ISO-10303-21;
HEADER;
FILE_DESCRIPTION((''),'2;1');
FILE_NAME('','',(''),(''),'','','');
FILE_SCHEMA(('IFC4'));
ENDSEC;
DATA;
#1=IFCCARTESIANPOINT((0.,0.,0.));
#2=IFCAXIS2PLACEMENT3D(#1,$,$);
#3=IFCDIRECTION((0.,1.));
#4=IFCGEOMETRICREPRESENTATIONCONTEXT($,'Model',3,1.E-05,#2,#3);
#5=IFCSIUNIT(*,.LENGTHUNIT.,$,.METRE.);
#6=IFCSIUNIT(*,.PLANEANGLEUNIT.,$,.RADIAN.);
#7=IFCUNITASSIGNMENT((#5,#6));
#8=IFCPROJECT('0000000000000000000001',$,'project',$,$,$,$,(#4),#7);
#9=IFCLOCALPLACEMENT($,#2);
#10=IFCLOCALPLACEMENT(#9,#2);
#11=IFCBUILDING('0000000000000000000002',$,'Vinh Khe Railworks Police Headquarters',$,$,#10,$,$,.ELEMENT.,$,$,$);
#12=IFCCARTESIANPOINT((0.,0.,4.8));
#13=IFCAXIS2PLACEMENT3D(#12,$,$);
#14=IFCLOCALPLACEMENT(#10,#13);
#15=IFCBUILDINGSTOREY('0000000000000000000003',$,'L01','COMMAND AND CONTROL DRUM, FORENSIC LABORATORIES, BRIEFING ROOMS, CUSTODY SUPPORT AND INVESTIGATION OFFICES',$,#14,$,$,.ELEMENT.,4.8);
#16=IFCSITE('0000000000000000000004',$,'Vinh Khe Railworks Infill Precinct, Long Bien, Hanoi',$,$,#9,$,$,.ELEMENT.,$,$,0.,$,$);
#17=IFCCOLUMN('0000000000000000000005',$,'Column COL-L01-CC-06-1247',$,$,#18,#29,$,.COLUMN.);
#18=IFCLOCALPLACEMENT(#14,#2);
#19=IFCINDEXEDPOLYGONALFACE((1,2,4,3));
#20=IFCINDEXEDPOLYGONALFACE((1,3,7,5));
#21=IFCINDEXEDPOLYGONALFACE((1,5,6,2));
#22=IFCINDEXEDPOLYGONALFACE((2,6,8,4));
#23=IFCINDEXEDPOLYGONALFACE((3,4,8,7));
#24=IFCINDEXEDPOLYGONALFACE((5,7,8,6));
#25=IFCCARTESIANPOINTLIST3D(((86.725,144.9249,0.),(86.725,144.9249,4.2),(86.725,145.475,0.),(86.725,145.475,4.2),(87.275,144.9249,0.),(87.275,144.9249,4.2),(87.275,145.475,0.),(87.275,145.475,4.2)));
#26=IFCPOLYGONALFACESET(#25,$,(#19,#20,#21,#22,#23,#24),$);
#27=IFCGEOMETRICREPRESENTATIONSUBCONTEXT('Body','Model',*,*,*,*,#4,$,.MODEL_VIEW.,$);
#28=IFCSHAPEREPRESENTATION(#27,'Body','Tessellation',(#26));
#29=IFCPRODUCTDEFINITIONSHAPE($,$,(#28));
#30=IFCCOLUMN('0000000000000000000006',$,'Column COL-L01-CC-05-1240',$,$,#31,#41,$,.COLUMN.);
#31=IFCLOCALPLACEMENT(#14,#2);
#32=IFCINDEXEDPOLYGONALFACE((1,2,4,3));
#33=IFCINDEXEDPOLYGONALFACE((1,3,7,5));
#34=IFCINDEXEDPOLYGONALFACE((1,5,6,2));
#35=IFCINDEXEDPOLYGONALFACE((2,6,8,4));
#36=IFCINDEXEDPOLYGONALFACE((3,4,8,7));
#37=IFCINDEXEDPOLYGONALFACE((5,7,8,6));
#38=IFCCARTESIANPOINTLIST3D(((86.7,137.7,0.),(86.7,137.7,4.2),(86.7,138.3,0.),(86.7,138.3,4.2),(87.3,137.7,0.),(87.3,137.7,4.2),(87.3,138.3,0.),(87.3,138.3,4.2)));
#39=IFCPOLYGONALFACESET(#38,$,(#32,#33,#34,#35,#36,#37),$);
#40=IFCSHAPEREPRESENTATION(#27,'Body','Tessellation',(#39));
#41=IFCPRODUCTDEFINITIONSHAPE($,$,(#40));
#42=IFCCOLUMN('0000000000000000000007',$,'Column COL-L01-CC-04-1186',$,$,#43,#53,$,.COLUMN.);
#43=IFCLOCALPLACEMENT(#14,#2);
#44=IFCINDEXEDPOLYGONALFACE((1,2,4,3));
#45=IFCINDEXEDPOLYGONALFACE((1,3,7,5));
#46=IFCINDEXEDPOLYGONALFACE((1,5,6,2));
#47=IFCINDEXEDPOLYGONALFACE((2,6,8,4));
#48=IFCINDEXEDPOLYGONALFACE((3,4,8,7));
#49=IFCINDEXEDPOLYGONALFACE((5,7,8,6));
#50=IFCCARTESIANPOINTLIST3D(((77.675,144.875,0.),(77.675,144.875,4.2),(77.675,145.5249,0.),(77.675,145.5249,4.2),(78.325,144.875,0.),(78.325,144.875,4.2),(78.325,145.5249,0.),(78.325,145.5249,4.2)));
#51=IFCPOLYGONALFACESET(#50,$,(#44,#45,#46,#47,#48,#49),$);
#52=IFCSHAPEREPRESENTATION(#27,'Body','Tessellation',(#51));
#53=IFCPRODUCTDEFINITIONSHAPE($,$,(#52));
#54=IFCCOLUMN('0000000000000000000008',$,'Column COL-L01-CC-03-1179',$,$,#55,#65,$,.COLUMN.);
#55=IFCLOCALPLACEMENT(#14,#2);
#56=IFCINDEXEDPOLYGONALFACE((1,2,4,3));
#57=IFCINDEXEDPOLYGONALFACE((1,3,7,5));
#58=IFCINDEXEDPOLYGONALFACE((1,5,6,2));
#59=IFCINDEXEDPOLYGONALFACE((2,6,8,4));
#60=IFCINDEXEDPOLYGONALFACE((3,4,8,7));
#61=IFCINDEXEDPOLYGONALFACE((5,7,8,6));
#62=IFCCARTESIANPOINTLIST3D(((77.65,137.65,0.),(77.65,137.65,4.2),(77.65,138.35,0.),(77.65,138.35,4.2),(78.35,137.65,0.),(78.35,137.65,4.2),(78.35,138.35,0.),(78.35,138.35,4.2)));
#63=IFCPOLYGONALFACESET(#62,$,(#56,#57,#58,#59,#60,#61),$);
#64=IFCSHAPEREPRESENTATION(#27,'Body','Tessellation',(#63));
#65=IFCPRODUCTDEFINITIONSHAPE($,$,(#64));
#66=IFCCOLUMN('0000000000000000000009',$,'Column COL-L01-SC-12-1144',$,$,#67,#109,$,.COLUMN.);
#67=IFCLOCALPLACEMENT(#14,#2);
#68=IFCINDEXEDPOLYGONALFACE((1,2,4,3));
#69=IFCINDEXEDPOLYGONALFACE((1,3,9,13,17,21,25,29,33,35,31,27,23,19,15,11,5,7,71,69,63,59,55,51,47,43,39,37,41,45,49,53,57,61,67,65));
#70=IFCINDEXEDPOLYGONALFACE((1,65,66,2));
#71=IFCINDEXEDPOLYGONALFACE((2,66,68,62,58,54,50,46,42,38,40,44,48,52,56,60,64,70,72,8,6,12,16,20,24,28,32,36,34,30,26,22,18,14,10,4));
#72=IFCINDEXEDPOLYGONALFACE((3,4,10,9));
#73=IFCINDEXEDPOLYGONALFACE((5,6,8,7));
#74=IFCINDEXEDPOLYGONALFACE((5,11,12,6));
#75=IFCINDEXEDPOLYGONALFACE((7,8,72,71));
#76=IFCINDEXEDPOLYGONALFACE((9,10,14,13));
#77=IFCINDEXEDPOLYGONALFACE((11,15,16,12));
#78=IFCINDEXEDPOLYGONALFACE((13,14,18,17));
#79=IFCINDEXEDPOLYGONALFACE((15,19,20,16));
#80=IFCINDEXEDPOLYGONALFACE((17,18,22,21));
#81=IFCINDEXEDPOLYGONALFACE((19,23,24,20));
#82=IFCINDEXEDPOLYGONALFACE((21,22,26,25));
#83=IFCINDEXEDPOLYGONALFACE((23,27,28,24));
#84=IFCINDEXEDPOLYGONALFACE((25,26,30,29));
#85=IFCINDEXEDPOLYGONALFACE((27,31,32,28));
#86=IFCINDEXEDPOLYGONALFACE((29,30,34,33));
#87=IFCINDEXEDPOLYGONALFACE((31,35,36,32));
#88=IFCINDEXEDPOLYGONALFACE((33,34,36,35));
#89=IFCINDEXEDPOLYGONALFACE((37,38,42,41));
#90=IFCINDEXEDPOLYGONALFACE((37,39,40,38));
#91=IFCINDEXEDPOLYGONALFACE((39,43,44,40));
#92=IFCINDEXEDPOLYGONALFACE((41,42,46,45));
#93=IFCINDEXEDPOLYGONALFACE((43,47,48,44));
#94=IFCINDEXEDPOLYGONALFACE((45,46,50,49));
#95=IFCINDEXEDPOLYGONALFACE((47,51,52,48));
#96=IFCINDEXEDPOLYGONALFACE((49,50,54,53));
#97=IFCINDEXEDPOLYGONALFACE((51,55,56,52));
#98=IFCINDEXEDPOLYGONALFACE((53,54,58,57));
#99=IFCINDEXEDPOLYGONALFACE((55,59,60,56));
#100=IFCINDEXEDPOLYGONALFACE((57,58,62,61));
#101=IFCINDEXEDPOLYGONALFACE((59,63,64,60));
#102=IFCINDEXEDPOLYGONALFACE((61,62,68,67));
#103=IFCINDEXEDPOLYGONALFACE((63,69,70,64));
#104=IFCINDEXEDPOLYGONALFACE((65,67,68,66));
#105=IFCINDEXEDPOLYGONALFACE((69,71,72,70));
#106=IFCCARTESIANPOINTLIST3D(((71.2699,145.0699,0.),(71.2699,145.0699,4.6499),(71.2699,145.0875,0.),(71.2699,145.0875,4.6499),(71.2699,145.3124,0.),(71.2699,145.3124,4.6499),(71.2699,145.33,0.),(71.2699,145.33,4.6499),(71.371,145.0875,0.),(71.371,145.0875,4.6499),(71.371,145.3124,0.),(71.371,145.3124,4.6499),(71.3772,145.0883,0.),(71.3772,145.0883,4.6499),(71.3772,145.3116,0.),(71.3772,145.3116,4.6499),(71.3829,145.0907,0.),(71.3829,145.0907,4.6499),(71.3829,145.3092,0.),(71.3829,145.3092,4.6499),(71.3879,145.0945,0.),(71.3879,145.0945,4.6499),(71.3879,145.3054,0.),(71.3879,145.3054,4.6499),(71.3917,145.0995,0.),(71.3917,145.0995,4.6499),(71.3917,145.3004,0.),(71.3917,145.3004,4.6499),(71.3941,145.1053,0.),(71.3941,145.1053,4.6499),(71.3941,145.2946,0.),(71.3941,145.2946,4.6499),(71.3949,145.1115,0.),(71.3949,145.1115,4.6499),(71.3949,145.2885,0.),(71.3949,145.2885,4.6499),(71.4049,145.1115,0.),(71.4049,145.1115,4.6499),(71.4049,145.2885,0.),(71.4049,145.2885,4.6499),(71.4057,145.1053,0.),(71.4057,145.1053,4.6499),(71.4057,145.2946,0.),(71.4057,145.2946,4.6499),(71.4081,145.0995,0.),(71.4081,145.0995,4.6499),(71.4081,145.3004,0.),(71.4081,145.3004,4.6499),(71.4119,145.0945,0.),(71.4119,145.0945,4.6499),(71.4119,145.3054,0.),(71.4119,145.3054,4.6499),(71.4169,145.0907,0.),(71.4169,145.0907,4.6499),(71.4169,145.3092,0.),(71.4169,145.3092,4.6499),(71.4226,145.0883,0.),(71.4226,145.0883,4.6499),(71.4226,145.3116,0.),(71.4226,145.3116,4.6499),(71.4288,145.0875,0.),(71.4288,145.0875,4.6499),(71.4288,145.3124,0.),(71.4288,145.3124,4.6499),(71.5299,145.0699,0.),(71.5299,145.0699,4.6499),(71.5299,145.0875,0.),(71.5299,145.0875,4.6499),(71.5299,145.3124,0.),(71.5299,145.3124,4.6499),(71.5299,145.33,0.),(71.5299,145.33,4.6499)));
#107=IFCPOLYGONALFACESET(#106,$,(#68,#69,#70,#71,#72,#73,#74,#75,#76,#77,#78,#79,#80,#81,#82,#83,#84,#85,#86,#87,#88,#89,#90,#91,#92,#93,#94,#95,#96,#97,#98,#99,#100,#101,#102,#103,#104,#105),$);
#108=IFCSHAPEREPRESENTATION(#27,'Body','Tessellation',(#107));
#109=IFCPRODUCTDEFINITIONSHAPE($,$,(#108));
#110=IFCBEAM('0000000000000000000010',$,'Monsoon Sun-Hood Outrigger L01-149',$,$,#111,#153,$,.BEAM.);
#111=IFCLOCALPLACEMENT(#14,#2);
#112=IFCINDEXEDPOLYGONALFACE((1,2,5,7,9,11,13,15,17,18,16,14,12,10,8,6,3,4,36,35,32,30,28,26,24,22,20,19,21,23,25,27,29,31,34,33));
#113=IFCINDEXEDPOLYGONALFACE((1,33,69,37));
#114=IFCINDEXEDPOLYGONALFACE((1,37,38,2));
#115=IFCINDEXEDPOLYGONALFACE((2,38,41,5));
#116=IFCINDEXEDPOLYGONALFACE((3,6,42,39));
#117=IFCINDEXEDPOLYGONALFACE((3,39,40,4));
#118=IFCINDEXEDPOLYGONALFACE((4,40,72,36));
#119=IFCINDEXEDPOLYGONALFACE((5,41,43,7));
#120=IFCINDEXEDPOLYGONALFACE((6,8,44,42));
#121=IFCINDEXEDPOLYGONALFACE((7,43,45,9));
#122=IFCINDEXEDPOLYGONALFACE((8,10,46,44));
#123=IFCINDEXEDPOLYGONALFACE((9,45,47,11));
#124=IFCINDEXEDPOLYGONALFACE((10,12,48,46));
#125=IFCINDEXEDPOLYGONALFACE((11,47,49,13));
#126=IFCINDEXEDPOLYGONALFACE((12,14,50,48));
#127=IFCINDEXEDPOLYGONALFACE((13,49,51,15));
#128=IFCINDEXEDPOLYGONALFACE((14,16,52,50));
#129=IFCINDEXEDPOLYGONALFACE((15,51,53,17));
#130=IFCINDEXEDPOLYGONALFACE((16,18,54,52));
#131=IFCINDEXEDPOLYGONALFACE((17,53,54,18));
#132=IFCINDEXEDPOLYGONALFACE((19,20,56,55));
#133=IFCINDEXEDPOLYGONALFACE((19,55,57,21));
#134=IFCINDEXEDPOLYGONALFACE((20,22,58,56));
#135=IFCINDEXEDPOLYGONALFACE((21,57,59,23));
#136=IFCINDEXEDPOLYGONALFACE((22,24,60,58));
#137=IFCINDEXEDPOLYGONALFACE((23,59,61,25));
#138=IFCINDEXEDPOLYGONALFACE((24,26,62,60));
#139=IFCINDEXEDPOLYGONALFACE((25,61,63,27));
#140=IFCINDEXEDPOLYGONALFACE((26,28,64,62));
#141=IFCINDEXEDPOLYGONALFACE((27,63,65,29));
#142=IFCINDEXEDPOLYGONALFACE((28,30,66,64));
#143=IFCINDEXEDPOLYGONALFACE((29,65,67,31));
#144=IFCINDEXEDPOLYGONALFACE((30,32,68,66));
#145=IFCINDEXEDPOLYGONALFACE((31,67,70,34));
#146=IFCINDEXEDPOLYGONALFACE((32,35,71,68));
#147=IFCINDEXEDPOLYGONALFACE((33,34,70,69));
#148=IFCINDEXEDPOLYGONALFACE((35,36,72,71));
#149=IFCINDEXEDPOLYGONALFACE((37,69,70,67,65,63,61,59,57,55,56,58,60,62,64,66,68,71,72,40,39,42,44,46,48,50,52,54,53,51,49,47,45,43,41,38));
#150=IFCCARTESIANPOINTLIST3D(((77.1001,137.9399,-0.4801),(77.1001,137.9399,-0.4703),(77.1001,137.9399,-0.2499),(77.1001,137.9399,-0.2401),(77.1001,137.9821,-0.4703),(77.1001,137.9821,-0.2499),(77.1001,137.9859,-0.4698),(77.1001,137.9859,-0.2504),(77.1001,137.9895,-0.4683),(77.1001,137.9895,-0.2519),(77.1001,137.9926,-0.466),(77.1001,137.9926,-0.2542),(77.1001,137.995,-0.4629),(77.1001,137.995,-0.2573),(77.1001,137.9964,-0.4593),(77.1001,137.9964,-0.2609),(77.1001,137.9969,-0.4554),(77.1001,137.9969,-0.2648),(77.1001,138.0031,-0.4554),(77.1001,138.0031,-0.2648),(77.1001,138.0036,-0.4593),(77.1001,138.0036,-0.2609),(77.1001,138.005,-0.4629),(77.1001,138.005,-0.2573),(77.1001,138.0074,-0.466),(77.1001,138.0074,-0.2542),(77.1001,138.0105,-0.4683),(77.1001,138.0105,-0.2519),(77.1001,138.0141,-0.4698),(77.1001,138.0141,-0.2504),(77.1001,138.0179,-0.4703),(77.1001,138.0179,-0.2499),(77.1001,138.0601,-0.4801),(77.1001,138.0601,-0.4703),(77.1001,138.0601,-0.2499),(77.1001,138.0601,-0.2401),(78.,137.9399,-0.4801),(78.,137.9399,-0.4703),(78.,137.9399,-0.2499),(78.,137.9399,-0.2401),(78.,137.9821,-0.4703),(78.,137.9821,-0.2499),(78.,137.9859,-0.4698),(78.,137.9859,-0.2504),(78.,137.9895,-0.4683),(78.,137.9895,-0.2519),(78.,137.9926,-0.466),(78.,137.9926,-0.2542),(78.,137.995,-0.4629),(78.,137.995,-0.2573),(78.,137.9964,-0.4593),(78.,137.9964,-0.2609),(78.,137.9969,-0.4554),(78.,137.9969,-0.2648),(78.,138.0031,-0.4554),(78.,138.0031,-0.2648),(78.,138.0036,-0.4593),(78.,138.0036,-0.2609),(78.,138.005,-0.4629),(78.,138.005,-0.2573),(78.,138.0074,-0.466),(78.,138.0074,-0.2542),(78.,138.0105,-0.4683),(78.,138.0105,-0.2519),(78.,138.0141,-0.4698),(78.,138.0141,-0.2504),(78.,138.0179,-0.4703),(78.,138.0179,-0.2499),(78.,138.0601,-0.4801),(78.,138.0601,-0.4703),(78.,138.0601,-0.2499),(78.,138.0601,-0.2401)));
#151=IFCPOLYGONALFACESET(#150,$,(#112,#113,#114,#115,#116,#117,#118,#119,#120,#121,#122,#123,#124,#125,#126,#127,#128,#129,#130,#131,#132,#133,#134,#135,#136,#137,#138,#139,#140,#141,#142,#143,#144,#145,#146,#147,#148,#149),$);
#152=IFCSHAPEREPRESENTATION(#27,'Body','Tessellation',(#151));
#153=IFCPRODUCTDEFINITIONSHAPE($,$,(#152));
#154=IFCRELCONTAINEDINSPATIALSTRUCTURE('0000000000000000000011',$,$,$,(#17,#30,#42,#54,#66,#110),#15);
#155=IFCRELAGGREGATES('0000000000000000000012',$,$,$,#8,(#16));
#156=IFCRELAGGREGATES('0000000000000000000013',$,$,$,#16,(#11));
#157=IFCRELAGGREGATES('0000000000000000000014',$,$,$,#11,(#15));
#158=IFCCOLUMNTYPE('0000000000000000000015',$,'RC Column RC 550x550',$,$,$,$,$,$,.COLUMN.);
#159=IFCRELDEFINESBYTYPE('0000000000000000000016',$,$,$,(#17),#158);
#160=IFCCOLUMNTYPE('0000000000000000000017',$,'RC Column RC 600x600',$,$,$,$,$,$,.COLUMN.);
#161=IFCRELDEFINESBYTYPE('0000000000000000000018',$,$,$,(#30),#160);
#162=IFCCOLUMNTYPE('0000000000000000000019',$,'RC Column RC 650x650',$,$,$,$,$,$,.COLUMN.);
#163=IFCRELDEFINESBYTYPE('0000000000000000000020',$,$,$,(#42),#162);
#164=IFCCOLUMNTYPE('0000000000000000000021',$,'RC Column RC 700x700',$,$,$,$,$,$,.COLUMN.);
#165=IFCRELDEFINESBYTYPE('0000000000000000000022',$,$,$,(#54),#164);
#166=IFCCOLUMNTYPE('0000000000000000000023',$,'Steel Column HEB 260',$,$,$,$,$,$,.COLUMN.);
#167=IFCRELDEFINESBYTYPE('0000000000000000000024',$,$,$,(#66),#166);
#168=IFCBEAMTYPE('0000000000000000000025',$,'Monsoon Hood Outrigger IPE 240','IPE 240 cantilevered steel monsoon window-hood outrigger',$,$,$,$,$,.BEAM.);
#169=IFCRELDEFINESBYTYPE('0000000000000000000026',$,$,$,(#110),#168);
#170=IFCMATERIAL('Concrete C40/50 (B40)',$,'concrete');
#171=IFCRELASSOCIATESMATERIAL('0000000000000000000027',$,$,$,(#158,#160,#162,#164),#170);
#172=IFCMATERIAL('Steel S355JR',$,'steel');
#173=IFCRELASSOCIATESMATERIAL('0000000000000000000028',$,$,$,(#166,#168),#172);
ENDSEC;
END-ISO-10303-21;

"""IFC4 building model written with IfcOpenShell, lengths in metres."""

from ifc_helpers import new_model, si_unit, direction, frame, origin, origin_2d, place, context, subcontext, project, spatial, rectangle, i_section, extrude, material, material_profile, profile_set, type_object, element, save


model = new_model("IFC4")

# Units and contexts
model_context = context("Model", 3, precision=1e-05, world=origin(), true_north=direction((0.0, 1.0)))
body_context = subcontext(model_context, "Body", "Model", "MODEL_VIEW")
ifc_project = project(units=[si_unit("LENGTHUNIT", "METRE"), si_unit("PLANEANGLEUNIT", "RADIAN")], contexts=[model_context])

# Site, building, storey
site_placement = place(None, origin())
site = spatial("IfcSite", under=ifc_project, at=site_placement, Name="Vinh Khe Railworks Infill Precinct, Long Bien, Hanoi", CompositionType="ELEMENT", RefElevation=0.0)
building_placement = place(site_placement, origin())
building = spatial("IfcBuilding", under=site, at=building_placement, Name="Vinh Khe Railworks Police Headquarters", CompositionType="ELEMENT")
storey_placement = place(building_placement, frame((0.0, 0.0, 4.8)))
storey = spatial("IfcBuildingStorey", under=building, at=storey_placement, Name="L01", Description="COMMAND AND CONTROL DRUM, FORENSIC LABORATORIES, BRIEFING ROOMS, CUSTODY SUPPORT AND INVESTIGATION OFFICES", CompositionType="ELEMENT", Elevation=4.8)

# Columns
ifc_material_1 = material(Name="Concrete C40/50 (B40)", Category="concrete")
ifc_material_profile_1 = material_profile(ifc_material_1, rectangle(XDim=0.55, YDim=0.55, at=origin_2d()), Name="RC 550x550")
ifc_profile_set_1 = profile_set([ifc_material_profile_1], Name="Concrete C40/50 (B40)")
column_type_1 = type_object("IfcColumnType", Name="RC Column RC 550x550", PredefinedType="COLUMN", material=ifc_profile_set_1)
column_1_placement = place(storey_placement, frame((87.0, 145.2, 0.0), z_axis=(0.0, 0.0, 1.0), x_axis=(1.0, 0.0, 0.0)))
element("IfcColumn", 1, at=column_1_placement, inside=storey, type_object=column_type_1, Name="Column COL-L01-CC-06-1247", PredefinedType="COLUMN", context=body_context, shape_type="SweptSolid", body=[
    extrude(rectangle(XDim=0.55, YDim=0.55, at=origin_2d()), origin(), (0.0, 0.0, 1.0), 4.2),
])
ifc_material_profile_2 = material_profile(ifc_material_1, rectangle(XDim=0.6001, YDim=0.6001, at=origin_2d()), Name="RC 600x600")
ifc_profile_set_2 = profile_set([ifc_material_profile_2], Name="Concrete C40/50 (B40)")
column_type_2 = type_object("IfcColumnType", Name="RC Column RC 600x600", PredefinedType="COLUMN", material=ifc_profile_set_2)
column_2_placement = place(storey_placement, frame((87.0, 138.0, 0.0), z_axis=(0.0, 0.0, 1.0), x_axis=(1.0, 0.0, 0.0)))
element("IfcColumn", 2, at=column_2_placement, inside=storey, type_object=column_type_2, Name="Column COL-L01-CC-05-1240", PredefinedType="COLUMN", context=body_context, shape_type="SweptSolid", body=[
    extrude(rectangle(XDim=0.6001, YDim=0.6001, at=origin_2d()), origin(), (0.0, 0.0, 1.0), 4.2),
])
ifc_material_profile_3 = material_profile(ifc_material_1, rectangle(XDim=0.6499, YDim=0.6499, at=origin_2d()), Name="RC 650x650")
ifc_profile_set_3 = profile_set([ifc_material_profile_3], Name="Concrete C40/50 (B40)")
column_type_3 = type_object("IfcColumnType", Name="RC Column RC 650x650", PredefinedType="COLUMN", material=ifc_profile_set_3)
column_3_placement = place(storey_placement, frame((78.0, 145.2, 0.0), z_axis=(0.0, 0.0, 1.0), x_axis=(1.0, 0.0, 0.0)))
element("IfcColumn", 3, at=column_3_placement, inside=storey, type_object=column_type_3, Name="Column COL-L01-CC-04-1186", PredefinedType="COLUMN", context=body_context, shape_type="SweptSolid", body=[
    extrude(rectangle(XDim=0.6499, YDim=0.6499, at=origin_2d()), origin(), (0.0, 0.0, 1.0), 4.2),
])
ifc_material_profile_4 = material_profile(ifc_material_1, rectangle(XDim=0.7, YDim=0.7, at=origin_2d()), Name="RC 700x700")
ifc_profile_set_4 = profile_set([ifc_material_profile_4], Name="Concrete C40/50 (B40)")
column_type_4 = type_object("IfcColumnType", Name="RC Column RC 700x700", PredefinedType="COLUMN", material=ifc_profile_set_4)
column_4_placement = place(storey_placement, frame((78.0, 138.0, 0.0), z_axis=(0.0, 0.0, 1.0), x_axis=(1.0, 0.0, 0.0)))
element("IfcColumn", 4, at=column_4_placement, inside=storey, type_object=column_type_4, Name="Column COL-L01-CC-03-1179", PredefinedType="COLUMN", context=body_context, shape_type="SweptSolid", body=[
    extrude(rectangle(XDim=0.7, YDim=0.7, at=origin_2d()), origin(), (0.0, 0.0, 1.0), 4.2),
])
ifc_material_2 = material(Name="Steel S355JR", Category="steel")
ifc_material_profile_5 = material_profile(ifc_material_2, i_section(OverallWidth=0.26, OverallDepth=0.26, WebThickness=0.01, FlangeThickness=0.0176, FilletRadius=0.0239, at=origin_2d()), Name="HEB 260")
ifc_profile_set_5 = profile_set([ifc_material_profile_5], Name="Steel S355JR")
column_type_5 = type_object("IfcColumnType", Name="Steel Column HEB 260", PredefinedType="COLUMN", material=ifc_profile_set_5)
column_5_placement = place(storey_placement, frame((71.3999, 145.2, 0.0), z_axis=(0.0, 0.0, 1.0), x_axis=(1.0, 0.0, 0.0)))
element("IfcColumn", 5, at=column_5_placement, inside=storey, type_object=column_type_5, Name="Column COL-L01-SC-12-1144", PredefinedType="COLUMN", context=body_context, shape_type="SweptSolid", body=[
    extrude(i_section(OverallWidth=0.26, OverallDepth=0.26, WebThickness=0.01, FlangeThickness=0.0176, FilletRadius=0.0239, at=origin_2d()), origin(), (0.0, 0.0, 1.0), 4.6499),
])

# Beam
ifc_material_profile_6 = material_profile(ifc_material_2, i_section(OverallWidth=0.1201, OverallDepth=0.24, WebThickness=0.0061, FlangeThickness=0.0098, FilletRadius=0.0149, at=origin_2d()), Name="IPE 240")
ifc_profile_set_6 = profile_set([ifc_material_profile_6], Name="Steel S355JR")
beam_type_1 = type_object("IfcBeamType", Name="Monsoon Hood Outrigger IPE 240", Description="IPE 240 cantilevered steel monsoon window-hood outrigger", PredefinedType="BEAM", material=ifc_profile_set_6)
for number, where, z_axis, x_axis, name in (
    (6, (77.1001, 138.0, -0.3601), (1.0, 0.0, 0.0), (0.0, 1.0, 0.0), "Monsoon Sun-Hood Outrigger L01-149"),
):
    element("IfcBeam", number, at=place(storey_placement, frame(where, z_axis=z_axis, x_axis=x_axis)), inside=storey, type_object=beam_type_1, Name=name, PredefinedType="BEAM", context=body_context, shape_type="SweptSolid", body=[
        extrude(i_section(OverallWidth=0.1201, OverallDepth=0.24, WebThickness=0.0061, FlangeThickness=0.0098, FilletRadius=0.0149, at=origin_2d()), origin(), (0.0, 0.0, 1.0), 0.8999),
    ])

save(model, "model.ifc")
